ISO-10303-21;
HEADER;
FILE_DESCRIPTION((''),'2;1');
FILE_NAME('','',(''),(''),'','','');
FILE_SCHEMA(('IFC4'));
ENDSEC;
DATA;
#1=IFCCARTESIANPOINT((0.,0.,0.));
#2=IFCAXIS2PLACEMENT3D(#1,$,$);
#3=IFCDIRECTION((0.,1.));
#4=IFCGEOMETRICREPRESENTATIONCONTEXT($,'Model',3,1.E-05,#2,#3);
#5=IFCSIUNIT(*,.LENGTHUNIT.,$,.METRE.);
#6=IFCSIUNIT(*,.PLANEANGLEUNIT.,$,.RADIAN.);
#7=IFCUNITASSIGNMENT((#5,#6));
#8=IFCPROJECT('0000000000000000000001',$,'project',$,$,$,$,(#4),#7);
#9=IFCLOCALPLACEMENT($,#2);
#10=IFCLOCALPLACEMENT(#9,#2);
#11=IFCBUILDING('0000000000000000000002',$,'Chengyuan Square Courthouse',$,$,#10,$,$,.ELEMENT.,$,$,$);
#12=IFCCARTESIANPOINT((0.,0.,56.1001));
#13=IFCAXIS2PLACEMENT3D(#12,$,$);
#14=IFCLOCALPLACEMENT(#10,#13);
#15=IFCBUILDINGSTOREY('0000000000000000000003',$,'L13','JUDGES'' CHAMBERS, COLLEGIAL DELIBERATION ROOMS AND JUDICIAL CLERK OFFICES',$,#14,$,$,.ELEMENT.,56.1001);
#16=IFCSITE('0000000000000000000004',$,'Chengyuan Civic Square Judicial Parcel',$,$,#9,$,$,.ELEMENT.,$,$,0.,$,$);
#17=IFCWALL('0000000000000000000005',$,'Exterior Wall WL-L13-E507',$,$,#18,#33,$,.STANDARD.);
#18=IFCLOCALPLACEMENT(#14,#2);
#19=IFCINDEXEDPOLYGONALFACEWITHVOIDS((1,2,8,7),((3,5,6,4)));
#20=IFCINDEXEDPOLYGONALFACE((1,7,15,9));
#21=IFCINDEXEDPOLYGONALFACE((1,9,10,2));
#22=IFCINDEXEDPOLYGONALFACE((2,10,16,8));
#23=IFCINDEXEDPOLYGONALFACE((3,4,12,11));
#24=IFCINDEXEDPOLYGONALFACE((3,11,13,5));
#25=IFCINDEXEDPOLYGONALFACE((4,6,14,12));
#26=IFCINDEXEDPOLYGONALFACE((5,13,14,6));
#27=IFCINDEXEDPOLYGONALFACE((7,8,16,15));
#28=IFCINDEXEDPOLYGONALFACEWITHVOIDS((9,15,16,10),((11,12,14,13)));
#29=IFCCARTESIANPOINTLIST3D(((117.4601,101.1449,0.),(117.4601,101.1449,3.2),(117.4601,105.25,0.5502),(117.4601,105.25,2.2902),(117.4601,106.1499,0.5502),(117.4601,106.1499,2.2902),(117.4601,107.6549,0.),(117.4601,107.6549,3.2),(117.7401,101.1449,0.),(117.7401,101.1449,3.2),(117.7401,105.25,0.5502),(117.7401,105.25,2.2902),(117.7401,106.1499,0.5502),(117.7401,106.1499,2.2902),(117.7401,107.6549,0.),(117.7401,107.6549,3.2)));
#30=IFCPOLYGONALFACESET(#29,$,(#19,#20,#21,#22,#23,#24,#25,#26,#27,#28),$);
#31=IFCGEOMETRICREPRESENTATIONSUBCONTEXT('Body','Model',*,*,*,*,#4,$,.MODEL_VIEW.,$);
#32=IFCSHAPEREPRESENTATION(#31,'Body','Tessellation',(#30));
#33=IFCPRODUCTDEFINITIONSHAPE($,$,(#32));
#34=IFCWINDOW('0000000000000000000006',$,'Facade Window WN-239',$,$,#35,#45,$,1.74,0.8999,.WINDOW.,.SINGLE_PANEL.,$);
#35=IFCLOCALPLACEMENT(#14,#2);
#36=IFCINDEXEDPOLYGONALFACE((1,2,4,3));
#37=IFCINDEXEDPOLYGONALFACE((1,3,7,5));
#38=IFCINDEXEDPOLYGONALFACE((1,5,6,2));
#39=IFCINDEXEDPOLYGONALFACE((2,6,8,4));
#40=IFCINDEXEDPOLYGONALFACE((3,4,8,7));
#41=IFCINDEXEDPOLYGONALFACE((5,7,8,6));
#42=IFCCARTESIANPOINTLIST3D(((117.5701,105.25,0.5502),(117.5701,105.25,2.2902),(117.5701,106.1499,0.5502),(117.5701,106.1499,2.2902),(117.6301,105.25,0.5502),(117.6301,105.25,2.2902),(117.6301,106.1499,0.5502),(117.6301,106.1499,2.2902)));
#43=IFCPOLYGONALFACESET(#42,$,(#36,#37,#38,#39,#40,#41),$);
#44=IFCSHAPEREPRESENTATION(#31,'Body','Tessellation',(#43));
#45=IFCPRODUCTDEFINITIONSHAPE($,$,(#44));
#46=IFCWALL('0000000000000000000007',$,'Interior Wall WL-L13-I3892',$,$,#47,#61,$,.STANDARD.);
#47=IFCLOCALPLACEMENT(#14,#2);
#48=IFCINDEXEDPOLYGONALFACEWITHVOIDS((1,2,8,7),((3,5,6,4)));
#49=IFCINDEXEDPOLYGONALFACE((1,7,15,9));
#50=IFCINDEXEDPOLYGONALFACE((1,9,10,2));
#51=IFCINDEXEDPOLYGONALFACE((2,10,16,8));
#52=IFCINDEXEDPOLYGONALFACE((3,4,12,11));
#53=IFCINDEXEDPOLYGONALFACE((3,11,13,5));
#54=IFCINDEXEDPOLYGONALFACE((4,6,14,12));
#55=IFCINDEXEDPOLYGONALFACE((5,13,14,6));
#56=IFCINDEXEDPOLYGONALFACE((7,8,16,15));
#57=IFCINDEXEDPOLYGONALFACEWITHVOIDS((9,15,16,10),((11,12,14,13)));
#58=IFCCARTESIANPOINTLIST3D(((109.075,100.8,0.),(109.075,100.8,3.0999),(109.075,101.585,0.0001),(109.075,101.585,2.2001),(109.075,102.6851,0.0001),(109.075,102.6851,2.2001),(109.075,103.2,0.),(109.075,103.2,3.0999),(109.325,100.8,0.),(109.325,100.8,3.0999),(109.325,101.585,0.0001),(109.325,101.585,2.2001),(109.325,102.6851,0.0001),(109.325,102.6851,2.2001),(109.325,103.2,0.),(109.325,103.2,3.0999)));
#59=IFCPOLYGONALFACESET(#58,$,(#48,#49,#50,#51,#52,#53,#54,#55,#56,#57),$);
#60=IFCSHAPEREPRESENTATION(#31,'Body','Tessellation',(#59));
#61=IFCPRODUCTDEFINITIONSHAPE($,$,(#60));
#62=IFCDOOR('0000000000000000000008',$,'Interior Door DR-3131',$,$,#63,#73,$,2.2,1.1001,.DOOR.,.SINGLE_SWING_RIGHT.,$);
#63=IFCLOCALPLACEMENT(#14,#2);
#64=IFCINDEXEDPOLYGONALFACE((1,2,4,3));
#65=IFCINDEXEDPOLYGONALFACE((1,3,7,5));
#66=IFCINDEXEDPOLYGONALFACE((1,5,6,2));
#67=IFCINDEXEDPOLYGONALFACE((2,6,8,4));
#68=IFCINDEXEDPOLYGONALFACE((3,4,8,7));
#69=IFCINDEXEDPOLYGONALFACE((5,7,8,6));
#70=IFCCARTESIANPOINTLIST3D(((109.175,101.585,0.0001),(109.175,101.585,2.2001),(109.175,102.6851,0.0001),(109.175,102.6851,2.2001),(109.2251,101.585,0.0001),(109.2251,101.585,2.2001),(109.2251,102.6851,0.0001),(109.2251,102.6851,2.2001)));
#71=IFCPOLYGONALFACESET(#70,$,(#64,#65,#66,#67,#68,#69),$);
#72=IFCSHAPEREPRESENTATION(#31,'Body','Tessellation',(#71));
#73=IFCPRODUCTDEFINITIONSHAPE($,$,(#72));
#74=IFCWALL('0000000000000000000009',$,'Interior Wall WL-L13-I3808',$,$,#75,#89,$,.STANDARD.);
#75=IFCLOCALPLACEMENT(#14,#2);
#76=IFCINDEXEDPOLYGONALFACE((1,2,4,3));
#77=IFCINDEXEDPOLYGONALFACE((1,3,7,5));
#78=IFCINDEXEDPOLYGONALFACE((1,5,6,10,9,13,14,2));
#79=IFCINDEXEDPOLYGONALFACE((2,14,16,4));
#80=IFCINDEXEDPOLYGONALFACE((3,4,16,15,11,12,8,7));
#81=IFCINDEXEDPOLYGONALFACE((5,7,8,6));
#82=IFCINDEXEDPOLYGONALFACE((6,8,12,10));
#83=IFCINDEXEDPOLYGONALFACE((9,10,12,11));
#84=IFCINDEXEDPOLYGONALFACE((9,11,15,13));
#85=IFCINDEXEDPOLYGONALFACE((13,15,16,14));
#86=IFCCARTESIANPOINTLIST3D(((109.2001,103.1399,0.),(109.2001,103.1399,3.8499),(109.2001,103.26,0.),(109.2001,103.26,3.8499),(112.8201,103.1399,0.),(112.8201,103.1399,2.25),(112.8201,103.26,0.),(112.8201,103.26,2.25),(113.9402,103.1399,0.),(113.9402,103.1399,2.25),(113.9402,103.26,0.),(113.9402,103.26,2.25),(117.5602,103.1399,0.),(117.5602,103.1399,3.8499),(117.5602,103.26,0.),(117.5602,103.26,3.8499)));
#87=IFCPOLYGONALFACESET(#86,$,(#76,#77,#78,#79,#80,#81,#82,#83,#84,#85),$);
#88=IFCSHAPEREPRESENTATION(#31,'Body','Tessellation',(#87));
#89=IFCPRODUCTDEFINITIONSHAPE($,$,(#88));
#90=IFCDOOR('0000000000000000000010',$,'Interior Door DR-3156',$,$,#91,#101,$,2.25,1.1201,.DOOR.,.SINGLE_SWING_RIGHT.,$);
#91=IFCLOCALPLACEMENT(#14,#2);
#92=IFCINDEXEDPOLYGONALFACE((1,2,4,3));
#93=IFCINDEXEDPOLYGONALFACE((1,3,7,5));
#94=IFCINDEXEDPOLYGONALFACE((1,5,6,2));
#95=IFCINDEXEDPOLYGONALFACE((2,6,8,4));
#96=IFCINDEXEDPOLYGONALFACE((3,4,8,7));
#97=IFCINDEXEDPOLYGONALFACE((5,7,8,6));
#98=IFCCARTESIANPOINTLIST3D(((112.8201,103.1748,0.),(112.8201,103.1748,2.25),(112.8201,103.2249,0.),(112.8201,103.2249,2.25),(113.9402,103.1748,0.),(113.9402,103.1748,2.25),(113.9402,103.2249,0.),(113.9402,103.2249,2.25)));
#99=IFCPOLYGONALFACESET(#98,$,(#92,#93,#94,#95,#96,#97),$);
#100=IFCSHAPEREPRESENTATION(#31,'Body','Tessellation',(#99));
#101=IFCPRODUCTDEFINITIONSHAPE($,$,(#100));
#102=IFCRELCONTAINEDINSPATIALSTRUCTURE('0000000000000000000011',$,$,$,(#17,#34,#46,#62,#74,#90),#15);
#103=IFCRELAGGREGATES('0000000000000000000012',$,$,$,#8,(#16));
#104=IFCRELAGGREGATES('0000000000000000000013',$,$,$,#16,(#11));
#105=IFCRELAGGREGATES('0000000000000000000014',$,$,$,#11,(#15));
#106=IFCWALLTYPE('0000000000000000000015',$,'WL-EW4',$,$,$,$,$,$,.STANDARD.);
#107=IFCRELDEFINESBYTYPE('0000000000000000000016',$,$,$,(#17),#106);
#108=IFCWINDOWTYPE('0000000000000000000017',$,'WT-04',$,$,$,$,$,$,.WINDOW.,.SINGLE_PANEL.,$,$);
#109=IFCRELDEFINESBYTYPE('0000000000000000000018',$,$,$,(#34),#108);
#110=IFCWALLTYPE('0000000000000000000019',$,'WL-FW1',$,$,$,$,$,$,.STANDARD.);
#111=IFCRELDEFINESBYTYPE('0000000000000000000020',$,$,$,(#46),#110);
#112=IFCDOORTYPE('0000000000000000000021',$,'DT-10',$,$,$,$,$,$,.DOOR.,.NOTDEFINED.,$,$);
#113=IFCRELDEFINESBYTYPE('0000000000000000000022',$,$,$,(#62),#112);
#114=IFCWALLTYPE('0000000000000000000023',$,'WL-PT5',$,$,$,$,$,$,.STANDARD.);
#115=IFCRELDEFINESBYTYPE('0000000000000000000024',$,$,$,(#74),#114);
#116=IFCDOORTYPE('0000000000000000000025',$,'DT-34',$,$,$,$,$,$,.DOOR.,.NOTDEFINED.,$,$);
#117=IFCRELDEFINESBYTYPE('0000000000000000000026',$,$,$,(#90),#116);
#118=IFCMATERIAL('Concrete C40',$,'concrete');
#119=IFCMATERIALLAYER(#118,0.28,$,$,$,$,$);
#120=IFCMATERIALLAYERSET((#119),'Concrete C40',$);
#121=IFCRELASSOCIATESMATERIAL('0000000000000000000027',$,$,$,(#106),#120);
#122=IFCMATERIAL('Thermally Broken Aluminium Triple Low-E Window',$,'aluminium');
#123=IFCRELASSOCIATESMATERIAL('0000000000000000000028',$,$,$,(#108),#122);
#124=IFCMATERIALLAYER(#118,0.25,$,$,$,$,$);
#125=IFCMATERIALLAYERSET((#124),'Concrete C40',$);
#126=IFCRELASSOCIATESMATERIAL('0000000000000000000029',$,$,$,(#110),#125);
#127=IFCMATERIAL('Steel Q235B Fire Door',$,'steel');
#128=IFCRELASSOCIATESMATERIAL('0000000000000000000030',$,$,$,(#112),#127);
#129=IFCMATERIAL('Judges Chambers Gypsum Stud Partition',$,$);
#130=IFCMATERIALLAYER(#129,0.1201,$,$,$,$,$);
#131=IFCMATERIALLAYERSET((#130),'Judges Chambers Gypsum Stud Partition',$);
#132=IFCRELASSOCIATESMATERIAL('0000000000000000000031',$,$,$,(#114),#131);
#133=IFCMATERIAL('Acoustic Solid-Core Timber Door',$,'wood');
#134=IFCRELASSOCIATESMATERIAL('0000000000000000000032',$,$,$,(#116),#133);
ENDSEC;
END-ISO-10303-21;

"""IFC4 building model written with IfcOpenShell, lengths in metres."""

from ifc_helpers import new_model, si_unit, direction, frame, frame_2d, origin, place, context, subcontext, project, spatial, rectangle, extrude, material, layer, layer_set, type_object, element, fill, save


model = new_model("IFC4")

# Units and contexts
model_context = context("Model", 3, precision=1e-05, world=origin(), true_north=direction((0.0, 1.0)))
body_context = subcontext(model_context, "Body", "Model", "MODEL_VIEW")
ifc_project = project(units=[si_unit("LENGTHUNIT", "METRE"), si_unit("PLANEANGLEUNIT", "RADIAN")], contexts=[model_context])

# Site, building, storey
site_placement = place(None, origin())
site = spatial("IfcSite", under=ifc_project, at=site_placement, Name="Chengyuan Civic Square Judicial Parcel", CompositionType="ELEMENT", RefElevation=0.0)
building_placement = place(site_placement, origin())
building = spatial("IfcBuilding", under=site, at=building_placement, Name="Chengyuan Square Courthouse", CompositionType="ELEMENT")
storey_placement = place(building_placement, frame((0.0, 0.0, 56.1001)))
storey = spatial("IfcBuildingStorey", under=building, at=storey_placement, Name="L13", Description="JUDGES' CHAMBERS, COLLEGIAL DELIBERATION ROOMS AND JUDICIAL CLERK OFFICES", CompositionType="ELEMENT", Elevation=56.1001)

# Shared definitions
ifc_material_1 = material(Name="Concrete C40", Category="concrete")

# Wall, opening, window
ifc_layer_1 = layer(ifc_material_1, 0.28)
ifc_layer_set_1 = layer_set([ifc_layer_1], Name="Concrete C40")
wall_type_1 = type_object("IfcWallType", Name="WL-EW4", PredefinedType="STANDARD", material=ifc_layer_set_1)
ifc_material_2 = material(Name="Thermally Broken Aluminium Triple Low-E Window", Category="aluminium")
wall_1_placement = place(storey_placement, frame((117.6001, 101.145, 0.0), z_axis=(0.0, 0.0, 1.0), x_axis=(0.0, 1.0, 0.0)))
wall_1 = element("IfcWall", 1, at=wall_1_placement, inside=storey, type_object=wall_type_1, Name="Exterior Wall WL-L13-E507", PredefinedType="STANDARD", context=body_context, shape_type="SweptSolid", body=[
    extrude(rectangle(XDim=6.51, YDim=0.28, at=frame_2d((3.2549, 0.0))), origin(), (0.0, 0.0, 1.0), 3.2),
])
opening_1_placement = place(wall_1_placement, frame((4.105, 0.0, 0.55)))
opening_1 = element("IfcOpeningElement", 2, at=opening_1_placement, cuts=wall_1, PredefinedType="OPENING", context=body_context, shape_type="SweptSolid", body=[
    extrude(rectangle(XDim=0.8999, YDim=1.74, at=frame_2d((0.45, 0.8701))), frame((0.0, 0.1521, 0.0), z_axis=(0.0, -1.0, 0.0), x_axis=(1.0, 0.0, 0.0)), (0.0, 0.0, 1.0), 0.304),
])
window_type_1 = type_object("IfcWindowType", Name="WT-04", PartitioningType="SINGLE_PANEL", PredefinedType="WINDOW", material=ifc_material_2)
window_1_placement = place(opening_1_placement, origin())
window_1 = element("IfcWindow", 3, at=window_1_placement, inside=storey, type_object=window_type_1, Name="Facade Window WN-239", OverallHeight=1.74, OverallWidth=0.8999, PartitioningType="SINGLE_PANEL", PredefinedType="WINDOW", context=body_context, shape_type="SweptSolid", body=[
    extrude(rectangle(XDim=0.8999, YDim=1.74, at=frame_2d((0.45, 0.8701))), frame((0.0, 0.03, 0.0), z_axis=(0.0, -1.0, 0.0), x_axis=(1.0, 0.0, 0.0)), (0.0, 0.0, 1.0), 0.0601),
])
fill(opening_1, window_1)

# Walls, openings, doors
ifc_layer_2 = layer(ifc_material_1, 0.25)
ifc_layer_set_2 = layer_set([ifc_layer_2], Name="Concrete C40")
wall_type_2 = type_object("IfcWallType", Name="WL-FW1", PredefinedType="STANDARD", material=ifc_layer_set_2)
wall_2_placement = place(storey_placement, frame((109.2, 100.8, 0.0), z_axis=(0.0, 0.0, 1.0), x_axis=(0.0, 1.0, 0.0)))
wall_2 = element("IfcWall", 4, at=wall_2_placement, inside=storey, type_object=wall_type_2, Name="Interior Wall WL-L13-I3892", PredefinedType="STANDARD", context=body_context, shape_type="SweptSolid", body=[
    extrude(rectangle(XDim=2.3999, YDim=0.25, at=frame_2d((1.2, 0.0))), origin(), (0.0, 0.0, 1.0), 3.0999),
])
opening_2_placement = place(wall_2_placement, frame((0.7849, 0.0, 0.0)))
opening_2 = element("IfcOpeningElement", 5, at=opening_2_placement, cuts=wall_2, PredefinedType="OPENING", context=body_context, shape_type="SweptSolid", body=[
    extrude(rectangle(XDim=1.1001, YDim=2.2, at=frame_2d((0.55, 1.1001))), frame((0.0, 0.137, 0.0), z_axis=(0.0, -1.0, 0.0), x_axis=(1.0, 0.0, 0.0)), (0.0, 0.0, 1.0), 0.2739),
])
ifc_material_3 = material(Name="Steel Q235B Fire Door", Category="steel")
door_type_1 = type_object("IfcDoorType", Name="DT-10", OperationType="NOTDEFINED", PredefinedType="DOOR", material=ifc_material_3)
door_1_placement = place(opening_2_placement, origin())
door_1 = element("IfcDoor", 6, at=door_1_placement, inside=storey, type_object=door_type_1, Name="Interior Door DR-3131", OperationType="SINGLE_SWING_RIGHT", OverallHeight=2.2, OverallWidth=1.1001, PredefinedType="DOOR", context=body_context, shape_type="SweptSolid", body=[
    extrude(rectangle(XDim=1.1001, YDim=2.2, at=frame_2d((0.55, 1.1001))), frame((0.0, 0.0249, 0.0), z_axis=(0.0, -1.0, 0.0), x_axis=(1.0, 0.0, 0.0)), (0.0, 0.0, 1.0), 0.05),
])
fill(opening_2, door_1)
ifc_material_4 = material(Name="Judges Chambers Gypsum Stud Partition")
ifc_layer_3 = layer(ifc_material_4, 0.1201)
ifc_layer_set_3 = layer_set([ifc_layer_3], Name="Judges Chambers Gypsum Stud Partition")
wall_type_3 = type_object("IfcWallType", Name="WL-PT5", PredefinedType="STANDARD", material=ifc_layer_set_3)
wall_3_placement = place(storey_placement, frame((109.2, 103.2, 0.0), z_axis=(0.0, 0.0, 1.0), x_axis=(1.0, 0.0, 0.0)))
wall_3 = element("IfcWall", 7, at=wall_3_placement, inside=storey, type_object=wall_type_3, Name="Interior Wall WL-L13-I3808", PredefinedType="STANDARD", context=body_context, shape_type="SweptSolid", body=[
    extrude(rectangle(XDim=8.3601, YDim=0.1201, at=frame_2d((4.1802, 0.0))), origin(), (0.0, 0.0, 1.0), 3.8499),
])
opening_3_placement = place(wall_3_placement, frame((3.6201, 0.0, 0.0)))
opening_3 = element("IfcOpeningElement", 8, at=opening_3_placement, cuts=wall_3, PredefinedType="OPENING", context=body_context, shape_type="SweptSolid", body=[
    extrude(rectangle(XDim=1.1201, YDim=2.25, at=frame_2d((0.5601, 1.125))), frame((0.0, 0.072, 0.0), z_axis=(0.0, -1.0, 0.0), x_axis=(1.0, 0.0, 0.0)), (0.0, 0.0, 1.0), 0.144),
])
ifc_material_5 = material(Name="Acoustic Solid-Core Timber Door", Category="wood")
door_type_2 = type_object("IfcDoorType", Name="DT-34", OperationType="NOTDEFINED", PredefinedType="DOOR", material=ifc_material_5)
door_2_placement = place(opening_3_placement, origin())
door_2 = element("IfcDoor", 9, at=door_2_placement, inside=storey, type_object=door_type_2, Name="Interior Door DR-3156", OperationType="SINGLE_SWING_RIGHT", OverallHeight=2.25, OverallWidth=1.1201, PredefinedType="DOOR", context=body_context, shape_type="SweptSolid", body=[
    extrude(rectangle(XDim=1.1201, YDim=2.25, at=frame_2d((0.5601, 1.125))), frame((0.0, 0.0249, 0.0), z_axis=(0.0, -1.0, 0.0), x_axis=(1.0, 0.0, 0.0)), (0.0, 0.0, 1.0), 0.05),
])
fill(opening_3, door_2)

save(model, "model.ifc")
